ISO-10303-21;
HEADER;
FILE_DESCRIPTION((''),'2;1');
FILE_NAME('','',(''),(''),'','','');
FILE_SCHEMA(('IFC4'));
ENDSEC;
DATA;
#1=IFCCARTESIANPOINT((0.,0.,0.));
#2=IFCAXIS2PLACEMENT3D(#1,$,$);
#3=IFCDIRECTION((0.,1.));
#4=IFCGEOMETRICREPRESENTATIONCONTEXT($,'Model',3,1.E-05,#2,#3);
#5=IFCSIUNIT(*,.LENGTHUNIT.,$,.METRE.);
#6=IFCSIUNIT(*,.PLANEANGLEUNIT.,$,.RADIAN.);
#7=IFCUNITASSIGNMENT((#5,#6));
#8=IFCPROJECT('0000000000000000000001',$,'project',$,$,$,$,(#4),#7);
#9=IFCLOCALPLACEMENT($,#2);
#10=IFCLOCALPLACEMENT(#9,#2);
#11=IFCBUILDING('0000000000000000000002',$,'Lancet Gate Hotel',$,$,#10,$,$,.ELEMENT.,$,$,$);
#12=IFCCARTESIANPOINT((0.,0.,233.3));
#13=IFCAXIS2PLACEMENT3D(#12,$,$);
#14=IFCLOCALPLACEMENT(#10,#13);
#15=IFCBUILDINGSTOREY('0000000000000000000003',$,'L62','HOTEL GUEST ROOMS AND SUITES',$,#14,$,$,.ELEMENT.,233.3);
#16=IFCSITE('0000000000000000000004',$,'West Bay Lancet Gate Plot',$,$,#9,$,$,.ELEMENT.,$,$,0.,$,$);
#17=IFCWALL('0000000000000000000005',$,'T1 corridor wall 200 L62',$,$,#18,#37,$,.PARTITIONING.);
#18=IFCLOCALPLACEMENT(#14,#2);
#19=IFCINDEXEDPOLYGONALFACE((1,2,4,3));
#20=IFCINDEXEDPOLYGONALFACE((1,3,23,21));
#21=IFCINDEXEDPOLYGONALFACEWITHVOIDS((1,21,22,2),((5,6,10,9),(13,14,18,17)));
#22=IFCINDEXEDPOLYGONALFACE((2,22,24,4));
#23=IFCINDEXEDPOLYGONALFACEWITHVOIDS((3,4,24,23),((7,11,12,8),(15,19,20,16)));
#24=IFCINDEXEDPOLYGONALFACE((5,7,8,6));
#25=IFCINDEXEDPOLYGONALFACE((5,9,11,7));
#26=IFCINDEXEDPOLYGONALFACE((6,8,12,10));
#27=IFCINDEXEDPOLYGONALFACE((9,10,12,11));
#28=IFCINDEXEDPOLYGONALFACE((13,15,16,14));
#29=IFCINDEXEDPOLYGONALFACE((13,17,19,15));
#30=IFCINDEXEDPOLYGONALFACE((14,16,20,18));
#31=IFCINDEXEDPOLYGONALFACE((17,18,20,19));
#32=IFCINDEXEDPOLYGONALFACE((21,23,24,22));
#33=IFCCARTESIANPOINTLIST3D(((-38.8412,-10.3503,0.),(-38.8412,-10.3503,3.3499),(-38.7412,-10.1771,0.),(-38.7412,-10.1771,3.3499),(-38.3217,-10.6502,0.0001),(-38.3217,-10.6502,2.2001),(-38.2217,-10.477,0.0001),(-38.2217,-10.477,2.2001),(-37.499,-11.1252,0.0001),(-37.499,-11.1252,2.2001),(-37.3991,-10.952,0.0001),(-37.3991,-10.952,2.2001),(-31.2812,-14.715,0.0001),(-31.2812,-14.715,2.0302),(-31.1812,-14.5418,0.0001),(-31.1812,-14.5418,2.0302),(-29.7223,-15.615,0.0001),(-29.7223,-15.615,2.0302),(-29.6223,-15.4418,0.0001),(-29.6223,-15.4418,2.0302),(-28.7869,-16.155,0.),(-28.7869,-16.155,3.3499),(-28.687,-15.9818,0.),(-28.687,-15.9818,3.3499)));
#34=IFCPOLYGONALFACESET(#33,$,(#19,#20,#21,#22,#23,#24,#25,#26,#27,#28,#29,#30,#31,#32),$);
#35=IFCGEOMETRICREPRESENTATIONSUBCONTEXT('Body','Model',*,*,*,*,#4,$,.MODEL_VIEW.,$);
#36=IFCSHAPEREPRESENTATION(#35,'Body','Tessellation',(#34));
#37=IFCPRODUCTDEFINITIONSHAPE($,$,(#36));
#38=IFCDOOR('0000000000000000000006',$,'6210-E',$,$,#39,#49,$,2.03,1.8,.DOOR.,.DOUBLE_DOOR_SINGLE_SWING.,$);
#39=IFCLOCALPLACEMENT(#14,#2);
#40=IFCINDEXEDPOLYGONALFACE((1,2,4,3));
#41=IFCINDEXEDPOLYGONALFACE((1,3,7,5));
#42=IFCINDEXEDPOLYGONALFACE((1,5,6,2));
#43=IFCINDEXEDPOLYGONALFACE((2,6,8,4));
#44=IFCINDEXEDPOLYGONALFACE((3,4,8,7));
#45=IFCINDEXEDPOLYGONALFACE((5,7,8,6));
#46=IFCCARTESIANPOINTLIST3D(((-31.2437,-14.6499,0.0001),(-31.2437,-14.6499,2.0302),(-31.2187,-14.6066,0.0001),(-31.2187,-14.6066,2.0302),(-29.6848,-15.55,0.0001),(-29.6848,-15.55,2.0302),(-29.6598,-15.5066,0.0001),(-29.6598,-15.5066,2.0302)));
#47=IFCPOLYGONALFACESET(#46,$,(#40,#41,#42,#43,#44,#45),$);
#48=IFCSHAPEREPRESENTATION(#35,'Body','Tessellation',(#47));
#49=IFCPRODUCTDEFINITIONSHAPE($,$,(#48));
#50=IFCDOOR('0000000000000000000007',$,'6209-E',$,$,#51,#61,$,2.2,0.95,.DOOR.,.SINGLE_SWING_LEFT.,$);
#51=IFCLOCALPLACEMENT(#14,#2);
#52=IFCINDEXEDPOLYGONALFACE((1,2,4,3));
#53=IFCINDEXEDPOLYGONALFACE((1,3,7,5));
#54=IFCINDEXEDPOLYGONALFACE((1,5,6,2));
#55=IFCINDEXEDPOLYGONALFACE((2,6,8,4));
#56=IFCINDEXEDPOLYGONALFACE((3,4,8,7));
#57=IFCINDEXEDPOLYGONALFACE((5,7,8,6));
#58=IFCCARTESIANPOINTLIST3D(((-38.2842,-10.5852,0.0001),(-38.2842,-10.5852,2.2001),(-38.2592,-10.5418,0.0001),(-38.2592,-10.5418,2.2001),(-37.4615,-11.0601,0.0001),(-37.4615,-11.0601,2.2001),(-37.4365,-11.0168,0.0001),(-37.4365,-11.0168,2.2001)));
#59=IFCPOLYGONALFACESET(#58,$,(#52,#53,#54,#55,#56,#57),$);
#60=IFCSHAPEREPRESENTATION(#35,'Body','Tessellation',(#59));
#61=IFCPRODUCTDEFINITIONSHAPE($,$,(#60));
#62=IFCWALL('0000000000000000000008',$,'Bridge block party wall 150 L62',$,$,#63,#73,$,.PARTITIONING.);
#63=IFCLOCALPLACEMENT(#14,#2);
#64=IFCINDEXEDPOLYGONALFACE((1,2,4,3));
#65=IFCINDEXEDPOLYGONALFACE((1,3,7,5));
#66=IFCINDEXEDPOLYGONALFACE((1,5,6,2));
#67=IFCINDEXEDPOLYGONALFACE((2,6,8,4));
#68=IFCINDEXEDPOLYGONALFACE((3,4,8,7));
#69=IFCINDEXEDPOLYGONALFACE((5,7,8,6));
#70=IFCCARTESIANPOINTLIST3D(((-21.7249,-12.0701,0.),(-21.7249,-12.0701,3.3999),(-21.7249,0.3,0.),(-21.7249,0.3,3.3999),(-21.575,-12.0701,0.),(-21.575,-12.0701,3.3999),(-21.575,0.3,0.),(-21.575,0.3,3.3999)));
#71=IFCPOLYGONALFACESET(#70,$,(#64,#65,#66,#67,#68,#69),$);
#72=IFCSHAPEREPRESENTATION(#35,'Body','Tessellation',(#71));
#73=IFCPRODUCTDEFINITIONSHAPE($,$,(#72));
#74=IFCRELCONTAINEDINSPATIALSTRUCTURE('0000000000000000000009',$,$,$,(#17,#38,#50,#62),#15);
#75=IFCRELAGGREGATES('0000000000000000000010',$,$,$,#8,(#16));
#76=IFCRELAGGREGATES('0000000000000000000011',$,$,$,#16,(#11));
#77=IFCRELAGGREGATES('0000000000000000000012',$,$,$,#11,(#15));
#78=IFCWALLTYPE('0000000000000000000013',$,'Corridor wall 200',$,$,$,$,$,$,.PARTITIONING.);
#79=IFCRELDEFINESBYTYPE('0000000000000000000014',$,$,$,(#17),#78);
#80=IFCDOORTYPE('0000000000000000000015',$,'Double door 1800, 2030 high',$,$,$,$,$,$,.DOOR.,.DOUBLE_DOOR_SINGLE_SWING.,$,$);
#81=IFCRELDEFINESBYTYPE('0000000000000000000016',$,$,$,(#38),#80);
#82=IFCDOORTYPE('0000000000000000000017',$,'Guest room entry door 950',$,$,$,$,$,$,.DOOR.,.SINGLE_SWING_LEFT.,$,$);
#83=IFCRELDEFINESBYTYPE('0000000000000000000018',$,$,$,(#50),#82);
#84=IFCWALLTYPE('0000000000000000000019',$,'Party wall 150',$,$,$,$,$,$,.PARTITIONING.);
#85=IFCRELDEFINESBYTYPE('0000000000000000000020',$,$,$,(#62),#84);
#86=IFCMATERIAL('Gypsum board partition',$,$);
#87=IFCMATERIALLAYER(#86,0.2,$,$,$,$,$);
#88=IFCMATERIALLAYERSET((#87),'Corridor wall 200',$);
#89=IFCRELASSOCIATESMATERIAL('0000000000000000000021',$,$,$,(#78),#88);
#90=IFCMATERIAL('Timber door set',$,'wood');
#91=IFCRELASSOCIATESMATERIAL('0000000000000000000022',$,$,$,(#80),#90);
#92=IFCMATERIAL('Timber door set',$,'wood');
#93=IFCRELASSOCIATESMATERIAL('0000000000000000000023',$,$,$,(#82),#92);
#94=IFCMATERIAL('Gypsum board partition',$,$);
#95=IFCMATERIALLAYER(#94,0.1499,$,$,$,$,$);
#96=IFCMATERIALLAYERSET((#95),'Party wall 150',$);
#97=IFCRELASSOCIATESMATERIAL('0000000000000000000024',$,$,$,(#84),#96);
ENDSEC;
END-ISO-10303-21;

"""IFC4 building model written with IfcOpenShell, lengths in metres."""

from ifc_helpers import new_model, si_unit, direction, frame, frame_2d, origin, place, context, subcontext, project, spatial, rectangle, extrude, material, layer, layer_set, type_object, element, fill, save


model = new_model("IFC4")

# Units and contexts
model_context = context("Model", 3, precision=1e-05, world=origin(), true_north=direction((0.0, 1.0)))
body_context = subcontext(model_context, "Body", "Model", "MODEL_VIEW")
ifc_project = project(units=[si_unit("LENGTHUNIT", "METRE"), si_unit("PLANEANGLEUNIT", "RADIAN")], contexts=[model_context])

# Site, building, storey
site_placement = place(None, origin())
site = spatial("IfcSite", under=ifc_project, at=site_placement, Name="West Bay Lancet Gate Plot", CompositionType="ELEMENT", RefElevation=0.0)
building_placement = place(site_placement, origin())
building = spatial("IfcBuilding", under=site, at=building_placement, Name="Lancet Gate Hotel", CompositionType="ELEMENT")
storey_placement = place(building_placement, frame((0.0, 0.0, 233.3)))
storey = spatial("IfcBuildingStorey", under=building, at=storey_placement, Name="L62", Description="HOTEL GUEST ROOMS AND SUITES", CompositionType="ELEMENT", Elevation=233.3)

# Wall, openings, doors
ifc_material_1 = material(Name="Gypsum board partition")
ifc_layer_1 = layer(ifc_material_1, 0.2)
ifc_layer_set_1 = layer_set([ifc_layer_1], Name="Corridor wall 200")
wall_type_1 = type_object("IfcWallType", Name="Corridor wall 200", PredefinedType="PARTITIONING", material=ifc_layer_set_1)
wall_1_placement = place(storey_placement, frame((-28.7371, -16.0684, 0.0), z_axis=(0.0, 0.0, 1.0), x_axis=(-0.866029, 0.499993, 0.0)))
wall_1 = element("IfcWall", 1, at=wall_1_placement, inside=storey, type_object=wall_type_1, Name="T1 corridor wall 200 L62", PredefinedType="PARTITIONING", context=body_context, shape_type="SweptSolid", body=[
    extrude(rectangle(XDim=11.6096, YDim=0.2, at=frame_2d((5.8047, 0.0))), origin(), (0.0, 0.0, 1.0), 3.3499),
])
opening_1_placement = place(wall_1_placement, frame((1.0801, 0.0, 0.0)))
opening_1 = element("IfcOpeningElement", 2, at=opening_1_placement, cuts=wall_1, PredefinedType="OPENING", context=body_context, shape_type="SweptSolid", body=[
    extrude(rectangle(XDim=1.8, YDim=2.03, at=frame_2d((0.8999, 1.0151))), frame((0.0, 0.1099, 0.0), z_axis=(0.0, -1.0, 0.0), x_axis=(1.0, 0.0, 0.0)), (0.0, 0.0, 1.0), 0.22),
])
opening_2_placement = place(wall_1_placement, frame((10.0596, 0.0, 0.0)))
opening_2 = element("IfcOpeningElement", 3, at=opening_2_placement, cuts=wall_1, PredefinedType="OPENING", context=body_context, shape_type="SweptSolid", body=[
    extrude(rectangle(XDim=0.95, YDim=2.2, at=frame_2d((0.4751, 1.1001))), frame((0.0, 0.1099, 0.0), z_axis=(0.0, -1.0, 0.0), x_axis=(1.0, 0.0, 0.0)), (0.0, 0.0, 1.0), 0.22),
])
ifc_material_2 = material(Name="Timber door set", Category="wood")
door_type_1 = type_object("IfcDoorType", Name="Double door 1800, 2030 high", OperationType="DOUBLE_DOOR_SINGLE_SWING", PredefinedType="DOOR", material=ifc_material_2)
door_1_placement = place(opening_1_placement, origin())
door_1 = element("IfcDoor", 4, at=door_1_placement, inside=storey, type_object=door_type_1, Name="6210-E", OperationType="DOUBLE_DOOR_SINGLE_SWING", OverallHeight=2.03, OverallWidth=1.8, PredefinedType="DOOR", context=body_context, shape_type="SweptSolid", body=[
    extrude(rectangle(XDim=1.8, YDim=2.03, at=frame_2d((0.8999, 1.0151))), frame((0.0, 0.0249, 0.0), z_axis=(0.0, -1.0, 0.0), x_axis=(1.0, 0.0, 0.0)), (0.0, 0.0, 1.0), 0.05),
])
fill(opening_1, door_1)
ifc_material_3 = material(Name="Timber door set", Category="wood")
door_type_2 = type_object("IfcDoorType", Name="Guest room entry door 950", OperationType="SINGLE_SWING_LEFT", PredefinedType="DOOR", material=ifc_material_3)
door_2_placement = place(opening_2_placement, origin())
door_2 = element("IfcDoor", 5, at=door_2_placement, inside=storey, type_object=door_type_2, Name="6209-E", OperationType="SINGLE_SWING_LEFT", OverallHeight=2.2, OverallWidth=0.95, PredefinedType="DOOR", context=body_context, shape_type="SweptSolid", body=[
    extrude(rectangle(XDim=0.95, YDim=2.2, at=frame_2d((0.4751, 1.1001))), frame((0.0, 0.0249, 0.0), z_axis=(0.0, -1.0, 0.0), x_axis=(1.0, 0.0, 0.0)), (0.0, 0.0, 1.0), 0.05),
])
fill(opening_2, door_2)

# Wall
ifc_material_4 = material(Name="Gypsum board partition")
ifc_layer_2 = layer(ifc_material_4, 0.1499)
ifc_layer_set_2 = layer_set([ifc_layer_2], Name="Party wall 150")
wall_type_2 = type_object("IfcWallType", Name="Party wall 150", PredefinedType="PARTITIONING", material=ifc_layer_set_2)
wall_2_placement = place(storey_placement, frame((-21.6499, -12.0701, 0.0), z_axis=(0.0, 0.0, 1.0), x_axis=(0.0, 1.0, 0.0)))
element("IfcWall", 6, at=wall_2_placement, inside=storey, type_object=wall_type_2, Name="Bridge block party wall 150 L62", PredefinedType="PARTITIONING", context=body_context, shape_type="SweptSolid", body=[
    extrude(rectangle(XDim=12.3701, YDim=0.1499, at=frame_2d((6.1851, 0.0))), origin(), (0.0, 0.0, 1.0), 3.3999),
])

save(model, "model.ifc")
